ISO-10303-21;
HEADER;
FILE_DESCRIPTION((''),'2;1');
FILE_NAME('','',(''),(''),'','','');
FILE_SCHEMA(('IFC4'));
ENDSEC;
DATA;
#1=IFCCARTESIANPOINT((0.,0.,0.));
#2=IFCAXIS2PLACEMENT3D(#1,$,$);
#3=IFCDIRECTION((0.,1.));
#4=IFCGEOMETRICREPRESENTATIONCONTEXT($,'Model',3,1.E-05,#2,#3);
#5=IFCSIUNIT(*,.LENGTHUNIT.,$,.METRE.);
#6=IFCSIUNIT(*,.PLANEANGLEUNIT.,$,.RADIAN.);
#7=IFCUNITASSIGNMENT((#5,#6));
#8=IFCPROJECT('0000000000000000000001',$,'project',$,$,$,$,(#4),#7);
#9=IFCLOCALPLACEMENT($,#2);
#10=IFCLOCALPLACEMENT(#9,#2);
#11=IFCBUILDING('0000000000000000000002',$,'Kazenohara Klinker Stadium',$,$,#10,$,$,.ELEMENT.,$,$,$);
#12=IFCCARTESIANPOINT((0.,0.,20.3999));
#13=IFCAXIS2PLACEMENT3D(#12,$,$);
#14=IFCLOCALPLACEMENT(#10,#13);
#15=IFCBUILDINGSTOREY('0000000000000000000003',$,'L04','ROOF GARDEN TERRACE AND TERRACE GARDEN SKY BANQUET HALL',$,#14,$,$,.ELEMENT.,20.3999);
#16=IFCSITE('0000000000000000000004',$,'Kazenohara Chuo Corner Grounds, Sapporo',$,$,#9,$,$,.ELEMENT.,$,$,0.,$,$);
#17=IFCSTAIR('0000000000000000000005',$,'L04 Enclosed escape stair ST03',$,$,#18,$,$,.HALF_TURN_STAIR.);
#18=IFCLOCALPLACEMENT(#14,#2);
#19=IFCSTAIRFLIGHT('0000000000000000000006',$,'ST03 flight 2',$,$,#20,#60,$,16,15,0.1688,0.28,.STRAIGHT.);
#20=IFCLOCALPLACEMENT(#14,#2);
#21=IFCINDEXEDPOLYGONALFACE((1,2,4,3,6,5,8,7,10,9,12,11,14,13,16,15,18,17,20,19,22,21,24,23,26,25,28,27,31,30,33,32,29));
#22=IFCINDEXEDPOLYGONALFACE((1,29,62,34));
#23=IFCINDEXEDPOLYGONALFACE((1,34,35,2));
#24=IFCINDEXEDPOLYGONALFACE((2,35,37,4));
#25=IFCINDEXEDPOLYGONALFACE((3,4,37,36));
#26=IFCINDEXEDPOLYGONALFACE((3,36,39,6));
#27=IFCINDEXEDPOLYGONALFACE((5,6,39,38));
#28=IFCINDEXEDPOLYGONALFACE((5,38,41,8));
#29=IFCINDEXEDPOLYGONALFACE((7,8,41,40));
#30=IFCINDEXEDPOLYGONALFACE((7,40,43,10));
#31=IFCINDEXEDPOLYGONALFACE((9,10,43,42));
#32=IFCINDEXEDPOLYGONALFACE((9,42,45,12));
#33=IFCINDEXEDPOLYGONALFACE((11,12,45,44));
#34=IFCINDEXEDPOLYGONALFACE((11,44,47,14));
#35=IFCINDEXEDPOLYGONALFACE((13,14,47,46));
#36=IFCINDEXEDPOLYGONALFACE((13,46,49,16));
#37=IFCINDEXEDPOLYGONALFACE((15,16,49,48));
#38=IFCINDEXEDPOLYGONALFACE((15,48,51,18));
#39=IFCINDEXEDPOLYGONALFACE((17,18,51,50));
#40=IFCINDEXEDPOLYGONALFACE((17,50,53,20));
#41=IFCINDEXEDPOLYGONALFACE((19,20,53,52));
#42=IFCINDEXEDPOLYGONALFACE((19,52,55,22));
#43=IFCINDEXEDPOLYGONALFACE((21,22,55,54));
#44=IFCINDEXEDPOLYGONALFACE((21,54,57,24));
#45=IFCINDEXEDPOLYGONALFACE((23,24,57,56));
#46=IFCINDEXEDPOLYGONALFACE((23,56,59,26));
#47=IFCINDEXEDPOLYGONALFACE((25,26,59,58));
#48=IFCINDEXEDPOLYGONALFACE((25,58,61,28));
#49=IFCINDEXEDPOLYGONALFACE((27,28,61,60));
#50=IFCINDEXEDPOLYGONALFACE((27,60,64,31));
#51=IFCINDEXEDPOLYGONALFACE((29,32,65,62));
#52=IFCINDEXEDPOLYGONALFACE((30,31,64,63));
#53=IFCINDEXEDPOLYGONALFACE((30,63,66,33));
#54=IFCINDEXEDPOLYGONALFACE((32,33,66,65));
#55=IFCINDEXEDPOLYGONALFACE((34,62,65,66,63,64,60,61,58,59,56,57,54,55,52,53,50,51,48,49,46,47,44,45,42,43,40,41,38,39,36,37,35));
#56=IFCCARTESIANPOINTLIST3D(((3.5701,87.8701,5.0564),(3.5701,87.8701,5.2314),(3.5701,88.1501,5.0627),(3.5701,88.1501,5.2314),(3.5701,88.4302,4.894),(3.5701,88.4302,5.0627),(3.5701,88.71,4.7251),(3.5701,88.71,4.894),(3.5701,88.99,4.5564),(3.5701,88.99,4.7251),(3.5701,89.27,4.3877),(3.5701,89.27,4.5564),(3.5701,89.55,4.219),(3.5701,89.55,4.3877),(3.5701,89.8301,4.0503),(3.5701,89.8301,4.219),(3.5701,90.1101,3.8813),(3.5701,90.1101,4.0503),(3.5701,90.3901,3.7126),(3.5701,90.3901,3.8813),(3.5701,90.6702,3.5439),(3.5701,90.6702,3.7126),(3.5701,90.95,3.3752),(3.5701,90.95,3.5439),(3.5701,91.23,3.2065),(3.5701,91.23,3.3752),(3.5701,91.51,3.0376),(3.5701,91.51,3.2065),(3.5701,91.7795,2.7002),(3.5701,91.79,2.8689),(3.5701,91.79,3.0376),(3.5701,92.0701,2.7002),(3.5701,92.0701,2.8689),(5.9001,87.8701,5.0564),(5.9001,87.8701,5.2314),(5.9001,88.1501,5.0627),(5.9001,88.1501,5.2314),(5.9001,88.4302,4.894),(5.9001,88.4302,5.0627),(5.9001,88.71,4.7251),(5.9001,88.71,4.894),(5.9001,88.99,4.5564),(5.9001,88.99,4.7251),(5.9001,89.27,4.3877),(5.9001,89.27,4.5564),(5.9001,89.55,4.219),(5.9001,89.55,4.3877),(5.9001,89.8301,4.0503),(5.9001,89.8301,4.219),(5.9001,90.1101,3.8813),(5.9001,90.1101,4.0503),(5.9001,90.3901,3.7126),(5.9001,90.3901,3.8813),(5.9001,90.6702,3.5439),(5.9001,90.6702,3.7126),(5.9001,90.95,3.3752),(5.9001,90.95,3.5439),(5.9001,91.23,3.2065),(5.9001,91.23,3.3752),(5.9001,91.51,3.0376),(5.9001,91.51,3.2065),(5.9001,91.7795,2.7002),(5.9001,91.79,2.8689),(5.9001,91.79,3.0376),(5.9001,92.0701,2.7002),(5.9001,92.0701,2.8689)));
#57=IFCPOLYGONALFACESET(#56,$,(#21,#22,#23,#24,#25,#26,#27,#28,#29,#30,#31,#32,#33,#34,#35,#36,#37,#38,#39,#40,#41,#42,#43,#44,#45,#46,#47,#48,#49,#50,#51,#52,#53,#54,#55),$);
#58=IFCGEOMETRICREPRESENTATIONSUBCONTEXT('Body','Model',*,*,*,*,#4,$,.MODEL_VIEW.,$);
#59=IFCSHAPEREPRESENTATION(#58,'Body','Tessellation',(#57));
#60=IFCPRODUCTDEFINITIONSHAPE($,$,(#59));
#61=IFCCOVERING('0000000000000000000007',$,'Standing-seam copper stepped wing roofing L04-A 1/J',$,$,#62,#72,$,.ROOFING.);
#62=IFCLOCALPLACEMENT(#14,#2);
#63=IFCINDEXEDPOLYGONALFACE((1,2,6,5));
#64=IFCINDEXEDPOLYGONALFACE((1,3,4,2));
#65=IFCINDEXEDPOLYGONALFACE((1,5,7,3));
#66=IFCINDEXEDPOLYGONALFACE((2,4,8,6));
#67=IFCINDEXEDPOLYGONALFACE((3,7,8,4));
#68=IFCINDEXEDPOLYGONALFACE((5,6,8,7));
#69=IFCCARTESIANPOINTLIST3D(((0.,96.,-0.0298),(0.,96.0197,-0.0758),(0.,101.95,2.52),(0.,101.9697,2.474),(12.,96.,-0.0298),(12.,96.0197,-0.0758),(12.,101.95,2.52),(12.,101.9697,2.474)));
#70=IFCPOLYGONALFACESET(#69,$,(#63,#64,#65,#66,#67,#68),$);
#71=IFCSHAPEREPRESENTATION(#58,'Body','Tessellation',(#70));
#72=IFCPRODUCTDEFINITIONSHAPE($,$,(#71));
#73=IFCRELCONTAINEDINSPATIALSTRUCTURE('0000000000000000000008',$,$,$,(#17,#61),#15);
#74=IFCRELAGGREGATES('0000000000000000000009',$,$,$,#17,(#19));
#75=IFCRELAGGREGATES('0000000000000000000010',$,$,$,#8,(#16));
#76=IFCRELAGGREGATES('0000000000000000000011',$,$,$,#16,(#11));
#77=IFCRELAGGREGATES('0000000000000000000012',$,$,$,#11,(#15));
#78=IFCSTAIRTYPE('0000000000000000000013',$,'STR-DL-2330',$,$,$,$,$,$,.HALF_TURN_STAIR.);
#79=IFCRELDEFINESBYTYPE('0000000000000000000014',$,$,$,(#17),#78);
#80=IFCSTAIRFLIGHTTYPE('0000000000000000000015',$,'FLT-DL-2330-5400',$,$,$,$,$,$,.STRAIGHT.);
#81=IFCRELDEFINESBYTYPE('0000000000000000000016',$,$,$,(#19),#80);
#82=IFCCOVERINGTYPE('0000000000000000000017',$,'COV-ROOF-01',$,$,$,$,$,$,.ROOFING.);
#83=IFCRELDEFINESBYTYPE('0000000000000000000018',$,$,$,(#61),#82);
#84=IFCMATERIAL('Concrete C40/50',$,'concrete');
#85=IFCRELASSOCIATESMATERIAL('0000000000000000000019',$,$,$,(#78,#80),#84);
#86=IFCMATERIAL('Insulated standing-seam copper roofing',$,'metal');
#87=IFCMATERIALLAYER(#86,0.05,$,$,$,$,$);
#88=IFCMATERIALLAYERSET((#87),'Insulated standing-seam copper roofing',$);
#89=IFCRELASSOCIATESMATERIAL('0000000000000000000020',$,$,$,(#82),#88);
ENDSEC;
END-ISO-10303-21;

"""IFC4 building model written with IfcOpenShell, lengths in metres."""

from ifc_helpers import new_model, si_unit, direction, frame, origin, place, context, subcontext, project, spatial, polyline, outline, extrude, material, layer, layer_set, type_object, element, aggregate, save


model = new_model("IFC4")

# Units and contexts
model_context = context("Model", 3, precision=1e-05, world=origin(), true_north=direction((0.0, 1.0)))
body_context = subcontext(model_context, "Body", "Model", "MODEL_VIEW")
ifc_project = project(units=[si_unit("LENGTHUNIT", "METRE"), si_unit("PLANEANGLEUNIT", "RADIAN")], contexts=[model_context])

# Site, building, storey
site_placement = place(None, origin())
site = spatial("IfcSite", under=ifc_project, at=site_placement, Name="Kazenohara Chuo Corner Grounds, Sapporo", CompositionType="ELEMENT", RefElevation=0.0)
building_placement = place(site_placement, origin())
building = spatial("IfcBuilding", under=site, at=building_placement, Name="Kazenohara Klinker Stadium", CompositionType="ELEMENT")
storey_placement = place(building_placement, frame((0.0, 0.0, 20.3999)))
storey = spatial("IfcBuildingStorey", under=building, at=storey_placement, Name="L04", Description="ROOF GARDEN TERRACE AND TERRACE GARDEN SKY BANQUET HALL", CompositionType="ELEMENT", Elevation=20.3999)

# Shared definitions
ifc_material_1 = material(Name="Concrete C40/50", Category="concrete")

# Stair, stair flight
stair_type = type_object("IfcStairType", Name="STR-DL-2330", PredefinedType="HALF_TURN_STAIR", material=ifc_material_1)
stair_placement = place(storey_placement, origin())
stair = element("IfcStair", 1, at=stair_placement, inside=storey, type_object=stair_type, Name="L04 Enclosed escape stair ST03", PredefinedType="HALF_TURN_STAIR")
stair_flight_type = type_object("IfcStairFlightType", Name="FLT-DL-2330-5400", PredefinedType="STRAIGHT", material=ifc_material_1)
stair_flight_placement = place(storey_placement, frame((4.7351, 92.0701, 2.7002), z_axis=(0.0, 0.0, 1.0), x_axis=(0.0, -1.0, 0.0)))
stair_flight = element("IfcStairFlight", 2, at=stair_flight_placement, type_object=stair_flight_type, Name="ST03 flight 2", NumberOfRisers=16, NumberOfTreads=15, PredefinedType="STRAIGHT", RiserHeight=0.1688, TreadLength=0.28, context=body_context, shape_type="SweptSolid", body=[
    extrude(outline(polyline([(0.0, 0.0), (0.0, 0.1687), (0.28, 0.1687), (0.28, 0.3374), (0.5601, 0.3374), (0.5601, 0.5063), (0.8401, 0.5063), (0.8401, 0.675), (1.1201, 0.675), (1.1201, 0.8438), (1.3999, 0.8438), (1.3999, 1.0125), (1.6799, 1.0125), (1.6799, 1.1812), (1.96, 1.1812), (1.96, 1.3501), (2.24, 1.3501), (2.24, 1.5188), (2.52, 1.5188), (2.52, 1.6875), (2.8, 1.6875), (2.8, 1.8562), (3.0801, 1.8562), (3.0801, 2.0249), (3.3601, 2.0249), (3.3601, 2.1938), (3.6399, 2.1938), (3.6399, 2.3625), (3.9199, 2.3625), (3.9199, 2.5312), (4.2, 2.5312), (4.2, 2.7), (4.2, 2.3562), (0.2905, 0.0), (0.0, 0.0)])), frame((0.0, 1.165, 0.0), z_axis=(0.0, -1.0, 0.0), x_axis=(1.0, 0.0, 0.0)), (0.0, 0.0, 1.0), 2.3301),
])
aggregate(stair, [stair_flight])

# Covering
ifc_material_2 = material(Name="Insulated standing-seam copper roofing", Category="metal")
ifc_layer_1 = layer(ifc_material_2, 0.05)
ifc_layer_set_1 = layer_set([ifc_layer_1], Name="Insulated standing-seam copper roofing")
covering_type = type_object("IfcCoveringType", Name="COV-ROOF-01", PredefinedType="ROOFING", material=ifc_layer_set_1)
covering_placement = place(storey_placement, frame((0.0, 96.0, -0.0298), z_axis=(0.0, -0.393897, 0.919155), x_axis=(1.0, 0.0, 0.0)))
element("IfcCovering", 3, at=covering_placement, inside=storey, type_object=covering_type, Name="Standing-seam copper stepped wing roofing L04-A 1/J", PredefinedType="ROOFING", context=body_context, shape_type="SweptSolid", body=[
    extrude(outline(polyline([(0.0, 0.0), (12.0, 0.0), (12.0, 6.4733), (0.0, 6.4733), (0.0, 0.0)])), origin(), (0.0, 0.0, -1.0), 0.05),
])

save(model, "model.ifc")
